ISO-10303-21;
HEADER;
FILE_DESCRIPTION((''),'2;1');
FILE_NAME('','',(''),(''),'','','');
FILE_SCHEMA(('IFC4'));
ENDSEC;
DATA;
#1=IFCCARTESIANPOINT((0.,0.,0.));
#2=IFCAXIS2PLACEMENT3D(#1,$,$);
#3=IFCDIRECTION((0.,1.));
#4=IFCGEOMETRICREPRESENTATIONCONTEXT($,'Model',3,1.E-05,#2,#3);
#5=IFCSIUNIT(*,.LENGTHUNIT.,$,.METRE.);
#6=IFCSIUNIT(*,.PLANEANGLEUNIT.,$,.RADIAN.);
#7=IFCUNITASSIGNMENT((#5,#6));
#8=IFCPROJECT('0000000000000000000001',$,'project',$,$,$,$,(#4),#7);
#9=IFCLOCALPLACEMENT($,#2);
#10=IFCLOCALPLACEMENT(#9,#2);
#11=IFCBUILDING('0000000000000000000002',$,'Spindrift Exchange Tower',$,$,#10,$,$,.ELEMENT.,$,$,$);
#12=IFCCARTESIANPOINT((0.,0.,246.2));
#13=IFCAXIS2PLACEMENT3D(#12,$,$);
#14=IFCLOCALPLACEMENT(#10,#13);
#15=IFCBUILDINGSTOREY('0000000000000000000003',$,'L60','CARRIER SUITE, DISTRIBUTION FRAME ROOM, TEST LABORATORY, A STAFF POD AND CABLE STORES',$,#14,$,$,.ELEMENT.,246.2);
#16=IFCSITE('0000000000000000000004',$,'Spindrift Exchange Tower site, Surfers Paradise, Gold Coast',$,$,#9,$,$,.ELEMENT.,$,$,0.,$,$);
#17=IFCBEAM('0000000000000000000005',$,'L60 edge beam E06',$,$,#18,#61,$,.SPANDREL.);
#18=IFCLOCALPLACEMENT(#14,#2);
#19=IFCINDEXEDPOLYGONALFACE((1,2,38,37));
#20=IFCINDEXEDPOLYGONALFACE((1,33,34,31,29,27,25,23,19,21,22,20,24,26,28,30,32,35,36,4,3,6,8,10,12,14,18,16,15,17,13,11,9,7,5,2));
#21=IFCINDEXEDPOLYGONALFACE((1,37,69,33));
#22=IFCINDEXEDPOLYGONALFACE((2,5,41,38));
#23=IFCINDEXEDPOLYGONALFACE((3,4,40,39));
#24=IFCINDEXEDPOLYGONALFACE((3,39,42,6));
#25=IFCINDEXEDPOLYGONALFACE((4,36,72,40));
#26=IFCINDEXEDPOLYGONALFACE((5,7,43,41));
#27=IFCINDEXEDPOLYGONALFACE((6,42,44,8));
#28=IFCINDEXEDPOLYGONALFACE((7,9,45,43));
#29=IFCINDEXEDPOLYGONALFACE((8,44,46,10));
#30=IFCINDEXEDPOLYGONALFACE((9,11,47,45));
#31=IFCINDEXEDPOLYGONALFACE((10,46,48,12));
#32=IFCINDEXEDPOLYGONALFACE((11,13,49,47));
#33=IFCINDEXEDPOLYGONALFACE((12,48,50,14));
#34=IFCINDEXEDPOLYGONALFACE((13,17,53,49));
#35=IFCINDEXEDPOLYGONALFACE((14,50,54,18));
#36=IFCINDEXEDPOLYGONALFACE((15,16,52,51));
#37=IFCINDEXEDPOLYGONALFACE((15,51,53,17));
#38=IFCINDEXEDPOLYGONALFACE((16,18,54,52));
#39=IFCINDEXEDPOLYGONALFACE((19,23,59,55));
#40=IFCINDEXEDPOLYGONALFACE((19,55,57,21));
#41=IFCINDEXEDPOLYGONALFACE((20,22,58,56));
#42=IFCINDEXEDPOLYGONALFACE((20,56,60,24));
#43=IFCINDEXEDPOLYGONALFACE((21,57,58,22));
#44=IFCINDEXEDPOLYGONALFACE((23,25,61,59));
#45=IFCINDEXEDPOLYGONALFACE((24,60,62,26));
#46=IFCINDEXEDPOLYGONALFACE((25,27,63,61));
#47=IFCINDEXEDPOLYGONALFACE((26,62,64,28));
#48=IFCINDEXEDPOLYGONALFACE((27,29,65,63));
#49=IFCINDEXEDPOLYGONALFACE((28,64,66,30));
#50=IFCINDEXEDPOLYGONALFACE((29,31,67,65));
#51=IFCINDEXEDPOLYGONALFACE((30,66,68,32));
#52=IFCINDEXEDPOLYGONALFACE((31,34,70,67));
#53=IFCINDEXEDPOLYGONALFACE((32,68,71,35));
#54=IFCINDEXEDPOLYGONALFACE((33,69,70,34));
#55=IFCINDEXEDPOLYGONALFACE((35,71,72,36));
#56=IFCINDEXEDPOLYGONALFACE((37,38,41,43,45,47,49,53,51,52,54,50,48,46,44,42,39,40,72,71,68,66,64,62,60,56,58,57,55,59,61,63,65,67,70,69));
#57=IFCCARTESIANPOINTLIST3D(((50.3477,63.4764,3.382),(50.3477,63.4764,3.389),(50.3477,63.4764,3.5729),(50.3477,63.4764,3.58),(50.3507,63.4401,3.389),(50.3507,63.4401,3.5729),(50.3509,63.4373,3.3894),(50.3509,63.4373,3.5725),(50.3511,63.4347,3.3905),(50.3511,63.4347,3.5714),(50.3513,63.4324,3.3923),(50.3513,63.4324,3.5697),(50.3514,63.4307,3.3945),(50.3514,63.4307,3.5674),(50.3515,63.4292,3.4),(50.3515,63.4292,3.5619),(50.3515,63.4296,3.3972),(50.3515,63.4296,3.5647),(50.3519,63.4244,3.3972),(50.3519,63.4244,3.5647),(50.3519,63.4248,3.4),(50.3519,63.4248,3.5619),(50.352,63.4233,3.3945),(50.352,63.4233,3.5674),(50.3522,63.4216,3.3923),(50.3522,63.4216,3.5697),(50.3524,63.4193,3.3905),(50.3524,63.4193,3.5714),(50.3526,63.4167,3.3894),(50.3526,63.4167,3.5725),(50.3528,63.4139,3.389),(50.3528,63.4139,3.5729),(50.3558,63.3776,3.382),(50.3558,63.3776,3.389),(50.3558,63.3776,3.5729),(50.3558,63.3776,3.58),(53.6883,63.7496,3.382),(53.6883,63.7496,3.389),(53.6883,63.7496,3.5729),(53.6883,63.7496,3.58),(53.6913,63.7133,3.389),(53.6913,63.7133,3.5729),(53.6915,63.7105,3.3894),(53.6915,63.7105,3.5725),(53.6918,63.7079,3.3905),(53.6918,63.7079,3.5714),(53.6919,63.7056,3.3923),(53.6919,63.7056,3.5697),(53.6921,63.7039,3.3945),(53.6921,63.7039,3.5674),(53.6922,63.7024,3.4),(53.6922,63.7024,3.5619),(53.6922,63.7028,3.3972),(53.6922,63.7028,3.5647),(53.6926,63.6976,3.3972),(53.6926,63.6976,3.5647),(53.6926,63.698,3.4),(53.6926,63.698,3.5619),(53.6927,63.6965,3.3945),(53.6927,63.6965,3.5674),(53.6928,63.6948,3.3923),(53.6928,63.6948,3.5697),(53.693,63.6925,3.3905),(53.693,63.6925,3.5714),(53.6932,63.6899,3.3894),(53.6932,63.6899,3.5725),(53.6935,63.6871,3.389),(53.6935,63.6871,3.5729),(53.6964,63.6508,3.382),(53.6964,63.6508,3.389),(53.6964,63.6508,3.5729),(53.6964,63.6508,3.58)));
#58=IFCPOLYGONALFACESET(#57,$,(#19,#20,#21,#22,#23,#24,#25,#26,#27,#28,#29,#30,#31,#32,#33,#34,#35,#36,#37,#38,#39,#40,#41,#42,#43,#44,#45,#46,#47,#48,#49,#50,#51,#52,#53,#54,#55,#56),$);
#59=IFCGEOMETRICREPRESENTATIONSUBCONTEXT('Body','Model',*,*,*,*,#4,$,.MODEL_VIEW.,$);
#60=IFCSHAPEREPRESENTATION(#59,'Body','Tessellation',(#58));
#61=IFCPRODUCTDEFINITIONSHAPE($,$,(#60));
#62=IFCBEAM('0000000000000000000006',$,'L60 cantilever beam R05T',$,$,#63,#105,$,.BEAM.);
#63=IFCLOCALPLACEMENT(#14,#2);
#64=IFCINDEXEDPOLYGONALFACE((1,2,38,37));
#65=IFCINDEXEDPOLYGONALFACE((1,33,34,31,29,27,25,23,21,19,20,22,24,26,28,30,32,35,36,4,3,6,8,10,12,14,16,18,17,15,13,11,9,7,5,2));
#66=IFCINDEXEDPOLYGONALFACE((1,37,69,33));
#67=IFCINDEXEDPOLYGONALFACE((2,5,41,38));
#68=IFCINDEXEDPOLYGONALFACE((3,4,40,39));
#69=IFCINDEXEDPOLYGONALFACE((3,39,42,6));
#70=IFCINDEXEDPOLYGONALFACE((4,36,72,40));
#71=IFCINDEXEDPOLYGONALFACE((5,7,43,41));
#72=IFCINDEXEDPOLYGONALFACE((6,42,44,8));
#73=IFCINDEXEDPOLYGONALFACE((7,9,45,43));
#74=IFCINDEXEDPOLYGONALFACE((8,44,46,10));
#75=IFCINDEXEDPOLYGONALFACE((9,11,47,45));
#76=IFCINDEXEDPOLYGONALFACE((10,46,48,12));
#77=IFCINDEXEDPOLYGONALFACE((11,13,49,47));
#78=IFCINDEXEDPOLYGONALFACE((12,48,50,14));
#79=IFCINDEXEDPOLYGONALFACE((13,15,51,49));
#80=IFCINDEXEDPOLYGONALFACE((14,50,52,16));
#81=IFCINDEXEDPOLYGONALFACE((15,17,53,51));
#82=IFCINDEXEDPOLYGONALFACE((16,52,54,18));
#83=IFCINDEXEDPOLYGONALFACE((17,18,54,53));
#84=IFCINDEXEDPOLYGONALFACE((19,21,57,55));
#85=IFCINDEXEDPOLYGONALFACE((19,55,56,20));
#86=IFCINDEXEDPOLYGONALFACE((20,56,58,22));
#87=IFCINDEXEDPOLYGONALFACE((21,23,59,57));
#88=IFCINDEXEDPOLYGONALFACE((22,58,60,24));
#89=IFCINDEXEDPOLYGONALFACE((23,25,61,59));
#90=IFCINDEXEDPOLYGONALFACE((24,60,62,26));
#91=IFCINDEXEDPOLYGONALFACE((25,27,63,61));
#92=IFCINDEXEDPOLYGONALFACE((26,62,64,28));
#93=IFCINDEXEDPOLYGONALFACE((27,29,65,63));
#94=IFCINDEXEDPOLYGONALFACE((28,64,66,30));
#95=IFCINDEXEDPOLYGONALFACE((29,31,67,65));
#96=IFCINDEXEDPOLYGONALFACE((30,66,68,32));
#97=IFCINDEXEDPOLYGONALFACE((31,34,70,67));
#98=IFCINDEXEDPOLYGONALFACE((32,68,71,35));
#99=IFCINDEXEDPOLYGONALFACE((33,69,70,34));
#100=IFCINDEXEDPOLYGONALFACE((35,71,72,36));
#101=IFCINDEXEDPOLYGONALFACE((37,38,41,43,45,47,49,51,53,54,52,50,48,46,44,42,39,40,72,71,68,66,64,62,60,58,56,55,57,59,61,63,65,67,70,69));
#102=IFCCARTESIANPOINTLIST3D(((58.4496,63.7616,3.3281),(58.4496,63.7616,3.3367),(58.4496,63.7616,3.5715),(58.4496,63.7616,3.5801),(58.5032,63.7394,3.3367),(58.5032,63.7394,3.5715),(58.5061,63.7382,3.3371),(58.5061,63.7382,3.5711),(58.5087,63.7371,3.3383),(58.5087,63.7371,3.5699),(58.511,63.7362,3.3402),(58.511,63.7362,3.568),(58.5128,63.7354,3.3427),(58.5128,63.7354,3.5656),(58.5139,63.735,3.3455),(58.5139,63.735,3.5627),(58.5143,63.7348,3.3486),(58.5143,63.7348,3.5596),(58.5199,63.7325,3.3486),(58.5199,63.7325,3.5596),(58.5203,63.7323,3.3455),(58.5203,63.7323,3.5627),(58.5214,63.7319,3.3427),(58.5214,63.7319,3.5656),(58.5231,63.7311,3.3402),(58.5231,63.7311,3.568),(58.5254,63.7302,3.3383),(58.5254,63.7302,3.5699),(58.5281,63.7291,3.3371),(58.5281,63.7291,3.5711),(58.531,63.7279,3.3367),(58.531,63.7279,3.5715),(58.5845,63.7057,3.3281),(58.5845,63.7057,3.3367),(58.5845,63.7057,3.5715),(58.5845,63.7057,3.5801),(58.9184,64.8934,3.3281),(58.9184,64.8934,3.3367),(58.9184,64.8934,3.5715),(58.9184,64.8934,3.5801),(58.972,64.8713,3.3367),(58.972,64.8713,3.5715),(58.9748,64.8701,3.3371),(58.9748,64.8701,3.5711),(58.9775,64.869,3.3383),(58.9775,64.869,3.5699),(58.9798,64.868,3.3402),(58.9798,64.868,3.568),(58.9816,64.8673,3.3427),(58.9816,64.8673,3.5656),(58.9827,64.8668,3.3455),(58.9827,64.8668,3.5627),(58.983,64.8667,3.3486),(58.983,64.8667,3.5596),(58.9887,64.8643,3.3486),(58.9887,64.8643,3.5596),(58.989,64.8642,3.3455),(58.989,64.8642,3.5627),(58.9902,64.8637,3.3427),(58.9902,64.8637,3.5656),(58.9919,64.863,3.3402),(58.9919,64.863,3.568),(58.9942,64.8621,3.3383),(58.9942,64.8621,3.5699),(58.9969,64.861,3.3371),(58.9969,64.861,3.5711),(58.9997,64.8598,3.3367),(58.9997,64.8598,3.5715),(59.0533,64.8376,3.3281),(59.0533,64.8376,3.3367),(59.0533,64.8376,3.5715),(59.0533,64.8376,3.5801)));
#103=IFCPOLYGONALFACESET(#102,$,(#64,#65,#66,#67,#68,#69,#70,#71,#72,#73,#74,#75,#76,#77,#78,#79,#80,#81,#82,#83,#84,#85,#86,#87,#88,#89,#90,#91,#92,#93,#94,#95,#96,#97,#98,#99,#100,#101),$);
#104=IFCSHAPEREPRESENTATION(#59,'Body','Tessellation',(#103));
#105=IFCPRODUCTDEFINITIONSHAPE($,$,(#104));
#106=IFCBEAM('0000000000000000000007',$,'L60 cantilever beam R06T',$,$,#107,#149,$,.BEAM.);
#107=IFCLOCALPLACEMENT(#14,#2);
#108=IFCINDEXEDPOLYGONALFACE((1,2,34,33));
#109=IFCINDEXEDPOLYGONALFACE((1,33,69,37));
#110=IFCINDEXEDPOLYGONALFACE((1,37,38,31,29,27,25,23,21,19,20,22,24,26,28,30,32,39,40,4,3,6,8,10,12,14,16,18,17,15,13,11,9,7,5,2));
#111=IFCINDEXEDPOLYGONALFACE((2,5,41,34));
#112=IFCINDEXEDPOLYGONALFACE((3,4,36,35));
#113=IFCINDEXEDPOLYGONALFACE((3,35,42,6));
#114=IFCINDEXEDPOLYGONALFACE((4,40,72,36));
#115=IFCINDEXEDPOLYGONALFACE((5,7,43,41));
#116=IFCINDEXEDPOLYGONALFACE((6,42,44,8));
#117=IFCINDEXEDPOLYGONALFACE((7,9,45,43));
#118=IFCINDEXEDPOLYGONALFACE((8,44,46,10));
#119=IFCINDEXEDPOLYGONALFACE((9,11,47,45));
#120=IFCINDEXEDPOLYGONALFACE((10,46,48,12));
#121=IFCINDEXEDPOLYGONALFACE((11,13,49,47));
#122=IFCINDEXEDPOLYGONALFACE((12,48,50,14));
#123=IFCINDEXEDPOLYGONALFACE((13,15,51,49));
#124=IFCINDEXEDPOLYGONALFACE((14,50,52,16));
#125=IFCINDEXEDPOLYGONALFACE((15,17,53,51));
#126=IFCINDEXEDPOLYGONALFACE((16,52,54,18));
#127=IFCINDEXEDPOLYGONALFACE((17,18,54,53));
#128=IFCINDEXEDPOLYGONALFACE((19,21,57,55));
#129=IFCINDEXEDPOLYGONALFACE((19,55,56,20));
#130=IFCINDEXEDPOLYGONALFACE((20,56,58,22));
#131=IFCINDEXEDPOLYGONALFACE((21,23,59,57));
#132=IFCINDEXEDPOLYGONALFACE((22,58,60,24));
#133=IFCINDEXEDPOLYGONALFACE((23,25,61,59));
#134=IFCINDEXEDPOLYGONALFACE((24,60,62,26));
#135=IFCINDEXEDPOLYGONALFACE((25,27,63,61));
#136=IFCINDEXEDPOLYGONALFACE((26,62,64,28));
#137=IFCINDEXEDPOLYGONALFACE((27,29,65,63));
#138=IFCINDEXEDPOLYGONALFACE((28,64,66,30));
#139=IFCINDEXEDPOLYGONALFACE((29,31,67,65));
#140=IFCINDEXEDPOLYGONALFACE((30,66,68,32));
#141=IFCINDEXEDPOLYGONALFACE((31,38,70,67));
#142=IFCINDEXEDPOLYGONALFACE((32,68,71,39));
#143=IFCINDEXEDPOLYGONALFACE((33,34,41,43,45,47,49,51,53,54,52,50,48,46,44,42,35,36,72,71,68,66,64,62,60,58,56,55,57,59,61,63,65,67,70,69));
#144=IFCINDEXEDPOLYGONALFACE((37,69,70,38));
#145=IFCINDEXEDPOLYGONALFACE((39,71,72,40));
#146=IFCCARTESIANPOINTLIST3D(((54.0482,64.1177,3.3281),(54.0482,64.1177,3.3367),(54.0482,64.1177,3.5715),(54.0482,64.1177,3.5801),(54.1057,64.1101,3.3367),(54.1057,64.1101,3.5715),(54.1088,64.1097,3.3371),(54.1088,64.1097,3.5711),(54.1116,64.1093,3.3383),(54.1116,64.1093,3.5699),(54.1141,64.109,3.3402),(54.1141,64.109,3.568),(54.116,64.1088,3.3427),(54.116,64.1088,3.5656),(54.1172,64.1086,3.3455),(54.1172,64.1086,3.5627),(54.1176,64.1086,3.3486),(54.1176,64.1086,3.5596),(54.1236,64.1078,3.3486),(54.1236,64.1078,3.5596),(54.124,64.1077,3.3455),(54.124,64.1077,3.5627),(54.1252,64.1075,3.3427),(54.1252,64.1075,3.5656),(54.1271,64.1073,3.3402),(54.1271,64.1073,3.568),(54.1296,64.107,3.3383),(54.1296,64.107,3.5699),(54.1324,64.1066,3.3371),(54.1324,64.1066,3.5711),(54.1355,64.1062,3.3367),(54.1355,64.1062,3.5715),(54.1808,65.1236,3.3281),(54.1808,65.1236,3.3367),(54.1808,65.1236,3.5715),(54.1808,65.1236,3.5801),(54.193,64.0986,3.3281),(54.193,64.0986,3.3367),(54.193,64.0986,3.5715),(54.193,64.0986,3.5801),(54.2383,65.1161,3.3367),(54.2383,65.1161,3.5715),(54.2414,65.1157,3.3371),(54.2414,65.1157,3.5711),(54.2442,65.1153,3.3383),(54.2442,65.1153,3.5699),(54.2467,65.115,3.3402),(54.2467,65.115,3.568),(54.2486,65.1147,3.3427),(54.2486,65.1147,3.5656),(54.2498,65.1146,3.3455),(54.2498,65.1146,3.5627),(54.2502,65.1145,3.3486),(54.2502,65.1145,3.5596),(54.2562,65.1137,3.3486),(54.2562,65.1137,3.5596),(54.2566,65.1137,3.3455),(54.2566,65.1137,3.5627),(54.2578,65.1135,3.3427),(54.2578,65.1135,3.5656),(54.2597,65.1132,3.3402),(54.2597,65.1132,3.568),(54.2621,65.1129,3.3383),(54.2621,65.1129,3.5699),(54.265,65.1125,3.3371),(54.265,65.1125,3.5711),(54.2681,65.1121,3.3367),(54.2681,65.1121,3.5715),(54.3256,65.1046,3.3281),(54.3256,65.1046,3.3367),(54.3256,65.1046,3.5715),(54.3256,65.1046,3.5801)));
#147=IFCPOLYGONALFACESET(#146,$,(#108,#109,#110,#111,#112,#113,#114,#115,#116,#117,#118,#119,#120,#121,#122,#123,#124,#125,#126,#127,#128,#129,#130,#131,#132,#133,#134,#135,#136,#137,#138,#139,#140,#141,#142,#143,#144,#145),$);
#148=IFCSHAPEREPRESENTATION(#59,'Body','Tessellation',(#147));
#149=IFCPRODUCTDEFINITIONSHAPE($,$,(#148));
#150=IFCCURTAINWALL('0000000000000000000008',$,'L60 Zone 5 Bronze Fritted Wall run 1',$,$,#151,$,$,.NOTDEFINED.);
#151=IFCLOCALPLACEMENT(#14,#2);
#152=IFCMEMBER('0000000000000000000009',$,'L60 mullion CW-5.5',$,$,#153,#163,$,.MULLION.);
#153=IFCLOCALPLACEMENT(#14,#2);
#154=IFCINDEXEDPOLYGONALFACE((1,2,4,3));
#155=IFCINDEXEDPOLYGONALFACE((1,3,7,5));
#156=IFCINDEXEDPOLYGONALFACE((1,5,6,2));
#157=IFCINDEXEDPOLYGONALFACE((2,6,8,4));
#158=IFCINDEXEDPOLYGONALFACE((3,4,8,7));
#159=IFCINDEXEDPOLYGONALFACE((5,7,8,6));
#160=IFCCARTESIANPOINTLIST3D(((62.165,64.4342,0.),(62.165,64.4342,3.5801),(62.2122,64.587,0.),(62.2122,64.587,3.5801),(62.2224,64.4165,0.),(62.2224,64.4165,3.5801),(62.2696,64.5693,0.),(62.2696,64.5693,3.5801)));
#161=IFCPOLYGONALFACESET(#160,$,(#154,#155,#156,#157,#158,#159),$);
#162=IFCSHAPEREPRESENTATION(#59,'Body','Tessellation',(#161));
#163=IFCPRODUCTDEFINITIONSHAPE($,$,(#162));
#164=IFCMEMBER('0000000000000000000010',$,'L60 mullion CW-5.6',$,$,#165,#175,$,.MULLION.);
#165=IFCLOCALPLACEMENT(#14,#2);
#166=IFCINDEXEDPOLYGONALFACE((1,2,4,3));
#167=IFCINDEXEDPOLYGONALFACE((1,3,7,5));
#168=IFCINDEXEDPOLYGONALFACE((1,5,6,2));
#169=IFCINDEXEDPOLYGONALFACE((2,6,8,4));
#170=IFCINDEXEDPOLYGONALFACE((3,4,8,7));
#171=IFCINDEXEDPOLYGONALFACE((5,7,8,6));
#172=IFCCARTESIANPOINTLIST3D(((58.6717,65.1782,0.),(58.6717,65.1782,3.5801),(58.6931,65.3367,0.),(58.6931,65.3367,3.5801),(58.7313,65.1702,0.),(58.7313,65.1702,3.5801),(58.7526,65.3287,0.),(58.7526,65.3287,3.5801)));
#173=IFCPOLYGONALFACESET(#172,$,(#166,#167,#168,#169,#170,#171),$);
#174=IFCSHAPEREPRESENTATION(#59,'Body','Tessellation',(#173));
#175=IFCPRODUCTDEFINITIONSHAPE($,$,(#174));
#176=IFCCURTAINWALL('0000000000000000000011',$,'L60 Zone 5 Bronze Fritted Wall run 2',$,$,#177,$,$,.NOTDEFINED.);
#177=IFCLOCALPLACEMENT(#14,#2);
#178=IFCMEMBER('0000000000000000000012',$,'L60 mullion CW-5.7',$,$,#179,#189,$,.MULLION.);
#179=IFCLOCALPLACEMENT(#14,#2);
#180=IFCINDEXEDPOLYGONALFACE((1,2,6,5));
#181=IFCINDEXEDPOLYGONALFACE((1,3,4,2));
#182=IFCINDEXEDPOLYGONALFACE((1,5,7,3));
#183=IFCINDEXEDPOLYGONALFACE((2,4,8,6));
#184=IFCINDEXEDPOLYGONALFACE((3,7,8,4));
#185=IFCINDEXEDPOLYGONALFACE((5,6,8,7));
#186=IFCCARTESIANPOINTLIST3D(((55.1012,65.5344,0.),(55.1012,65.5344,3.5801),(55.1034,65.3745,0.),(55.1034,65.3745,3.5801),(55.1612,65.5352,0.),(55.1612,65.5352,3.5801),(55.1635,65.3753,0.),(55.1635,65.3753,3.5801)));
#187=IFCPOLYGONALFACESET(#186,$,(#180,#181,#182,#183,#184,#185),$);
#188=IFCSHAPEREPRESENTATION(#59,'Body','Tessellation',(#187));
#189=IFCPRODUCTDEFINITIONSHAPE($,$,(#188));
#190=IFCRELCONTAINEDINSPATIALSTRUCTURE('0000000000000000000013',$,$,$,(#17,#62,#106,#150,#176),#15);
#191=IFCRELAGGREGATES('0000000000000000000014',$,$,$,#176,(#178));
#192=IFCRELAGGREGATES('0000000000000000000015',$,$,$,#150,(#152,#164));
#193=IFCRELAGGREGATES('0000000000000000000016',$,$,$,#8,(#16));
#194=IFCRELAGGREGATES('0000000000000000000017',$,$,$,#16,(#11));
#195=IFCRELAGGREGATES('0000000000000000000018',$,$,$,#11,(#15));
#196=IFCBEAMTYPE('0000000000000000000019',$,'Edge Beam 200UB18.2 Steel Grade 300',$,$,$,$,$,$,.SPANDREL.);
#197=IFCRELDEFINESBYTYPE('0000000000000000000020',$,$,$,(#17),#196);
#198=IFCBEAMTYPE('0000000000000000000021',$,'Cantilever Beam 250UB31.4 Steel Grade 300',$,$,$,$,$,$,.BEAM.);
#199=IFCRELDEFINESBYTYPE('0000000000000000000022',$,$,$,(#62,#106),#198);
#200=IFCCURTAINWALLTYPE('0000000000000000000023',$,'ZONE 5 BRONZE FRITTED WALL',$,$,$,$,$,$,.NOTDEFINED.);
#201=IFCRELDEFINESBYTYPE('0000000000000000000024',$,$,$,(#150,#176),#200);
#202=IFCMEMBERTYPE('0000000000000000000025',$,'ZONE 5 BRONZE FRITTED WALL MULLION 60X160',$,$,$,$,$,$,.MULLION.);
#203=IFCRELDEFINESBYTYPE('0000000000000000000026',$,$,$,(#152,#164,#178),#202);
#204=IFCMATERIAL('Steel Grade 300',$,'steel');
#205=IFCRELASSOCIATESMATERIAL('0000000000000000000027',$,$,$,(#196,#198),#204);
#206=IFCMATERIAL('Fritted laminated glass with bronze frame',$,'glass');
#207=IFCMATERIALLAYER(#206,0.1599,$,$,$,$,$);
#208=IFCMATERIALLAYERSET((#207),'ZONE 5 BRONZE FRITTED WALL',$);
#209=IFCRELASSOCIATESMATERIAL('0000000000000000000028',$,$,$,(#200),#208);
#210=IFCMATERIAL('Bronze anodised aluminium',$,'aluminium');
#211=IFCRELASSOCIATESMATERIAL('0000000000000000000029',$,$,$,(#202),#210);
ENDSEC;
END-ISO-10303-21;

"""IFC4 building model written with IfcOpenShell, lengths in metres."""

from ifc_helpers import new_model, si_unit, direction, frame, origin, origin_2d, place, context, subcontext, project, spatial, rectangle, i_section, extrude, source, transform, mapped, material, layer, layer_set, material_profile, profile_set, type_object, element, aggregate, save


model = new_model("IFC4")

# Units and contexts
model_context = context("Model", 3, precision=1e-05, world=origin(), true_north=direction((0.0, 1.0)))
body_context = subcontext(model_context, "Body", "Model", "MODEL_VIEW")
ifc_project = project(units=[si_unit("LENGTHUNIT", "METRE"), si_unit("PLANEANGLEUNIT", "RADIAN")], contexts=[model_context])

# Site, building, storey
site_placement = place(None, origin())
site = spatial("IfcSite", under=ifc_project, at=site_placement, Name="Spindrift Exchange Tower site, Surfers Paradise, Gold Coast", CompositionType="ELEMENT", RefElevation=0.0)
building_placement = place(site_placement, origin())
building = spatial("IfcBuilding", under=site, at=building_placement, Name="Spindrift Exchange Tower", CompositionType="ELEMENT")
storey_placement = place(building_placement, frame((0.0, 0.0, 246.2)))
storey = spatial("IfcBuildingStorey", under=building, at=storey_placement, Name="L60", Description="CARRIER SUITE, DISTRIBUTION FRAME ROOM, TEST LABORATORY, A STAFF POD AND CABLE STORES", CompositionType="ELEMENT", Elevation=246.2)

# Beams
ifc_material_1 = material(Name="Steel Grade 300", Category="steel")
ifc_material_profile_1 = material_profile(ifc_material_1, i_section(OverallWidth=0.0991, OverallDepth=0.198, WebThickness=0.0044, FlangeThickness=0.0071, FilletRadius=0.011, at=origin_2d()), Name="200UB18.2")
ifc_profile_set_1 = profile_set([ifc_material_profile_1], Name="Steel Grade 300")
beam_type_1 = type_object("IfcBeamType", Name="Edge Beam 200UB18.2 Steel Grade 300", PredefinedType="SPANDREL", material=ifc_profile_set_1)
shared_shape_1 = source(origin(), body_context, "Body", "SweptSolid", [
    extrude(i_section(OverallWidth=0.0991, OverallDepth=0.198, WebThickness=0.0044, FlangeThickness=0.0071, FilletRadius=0.011, at=origin_2d()), origin(), (0.0, 0.0, 1.0), 3.3518),
])
beam_1_placement = place(storey_placement, frame((53.6924, 63.7002, 3.481), z_axis=(-0.996673, -0.081508, 0.0), x_axis=(0.081508, -0.996673, 0.0)))
element("IfcBeam", 1, at=beam_1_placement, inside=storey, type_object=beam_type_1, Name="L60 edge beam E06", PredefinedType="SPANDREL", context=body_context, shape_type="MappedRepresentation", body=[
    mapped(shared_shape_1, transform((0.0, 0.0, 0.0), scale=1.0)),
])
ifc_material_profile_2 = material_profile(ifc_material_1, i_section(OverallWidth=0.146, OverallDepth=0.252, WebThickness=0.0061, FlangeThickness=0.0085, FilletRadius=0.012, at=origin_2d()), Name="250UB31.4")
ifc_profile_set_2 = profile_set([ifc_material_profile_2], Name="Steel Grade 300")
beam_type_2 = type_object("IfcBeamType", Name="Cantilever Beam 250UB31.4 Steel Grade 300", PredefinedType="BEAM", material=ifc_profile_set_2)
shared_shape_2 = source(origin(), body_context, "Body", "SweptSolid", [
    extrude(i_section(OverallWidth=0.146, OverallDepth=0.252, WebThickness=0.0061, FlangeThickness=0.0085, FilletRadius=0.012, at=origin_2d()), origin(), (0.0, 0.0, 1.0), 1.2251),
])
beam_2_placement = place(storey_placement, frame((58.5171, 63.7336, 3.4541), z_axis=(0.382633, 0.9239, 0.0), x_axis=(-0.9239, 0.382633, 0.0)))
element("IfcBeam", 2, at=beam_2_placement, inside=storey, type_object=beam_type_2, Name="L60 cantilever beam R05T", PredefinedType="BEAM", context=body_context, shape_type="MappedRepresentation", body=[
    mapped(shared_shape_2, transform((0.0, 0.0, 0.0), scale=1.0)),
])
shared_shape_3 = source(origin(), body_context, "Body", "SweptSolid", [
    extrude(i_section(OverallWidth=0.146, OverallDepth=0.252, WebThickness=0.0061, FlangeThickness=0.0085, FilletRadius=0.012, at=origin_2d()), origin(), (0.0, 0.0, 1.0), 1.0146),
])
beam_3_placement = place(storey_placement, frame((54.1206, 64.1082, 3.4541), z_axis=(0.130666, 0.991426, 0.0), x_axis=(-0.991426, 0.130666, 0.0)))
element("IfcBeam", 3, at=beam_3_placement, inside=storey, type_object=beam_type_2, Name="L60 cantilever beam R06T", PredefinedType="BEAM", context=body_context, shape_type="MappedRepresentation", body=[
    mapped(shared_shape_3, transform((0.0, 0.0, 0.0), scale=1.0)),
])

# Curtain walls, members
ifc_material_2 = material(Name="Fritted laminated glass with bronze frame", Category="glass")
ifc_layer_1 = layer(ifc_material_2, 0.1599)
ifc_layer_set_1 = layer_set([ifc_layer_1], Name="ZONE 5 BRONZE FRITTED WALL")
curtain_wall_type = type_object("IfcCurtainWallType", Name="ZONE 5 BRONZE FRITTED WALL", PredefinedType="NOTDEFINED", material=ifc_layer_set_1)
curtain_wall_1_placement = place(storey_placement, origin())
curtain_wall_1 = element("IfcCurtainWall", 4, at=curtain_wall_1_placement, inside=storey, type_object=curtain_wall_type, Name="L60 Zone 5 Bronze Fritted Wall run 1", PredefinedType="NOTDEFINED")
ifc_material_3 = material(Name="Bronze anodised aluminium", Category="aluminium")
ifc_material_profile_3 = material_profile(ifc_material_3, rectangle(XDim=0.0601, YDim=0.1599, at=origin_2d()), Name="ZONE 5 BRONZE FRITTED WALL MULLION 60X160")
ifc_profile_set_3 = profile_set([ifc_material_profile_3], Name="Bronze anodised aluminium")
member_type_1 = type_object("IfcMemberType", Name="ZONE 5 BRONZE FRITTED WALL MULLION 60X160", PredefinedType="MULLION", material=ifc_profile_set_3)
shared_shape_4 = source(origin(), body_context, "Body", "SweptSolid", [
    extrude(rectangle(XDim=0.0601, YDim=0.1599, at=origin_2d()), origin(), (0.0, 0.0, 1.0), 3.5801),
])
member_1_placement = place(storey_placement, frame((62.2173, 64.5017, 0.0), z_axis=(0.0, 0.0, 1.0), x_axis=(-0.955563, 0.294787, 0.0)))
member_1 = element("IfcMember", 5, at=member_1_placement, type_object=member_type_1, Name="L60 mullion CW-5.5", PredefinedType="MULLION", context=body_context, shape_type="MappedRepresentation", body=[
    mapped(shared_shape_4, transform((0.0, 0.0, 0.0), scale=1.0)),
])
member_2_placement = place(storey_placement, frame((58.7122, 65.2534, 0.0), z_axis=(0.0, 0.0, 1.0), x_axis=(-0.99107, 0.133346, 0.0)))
member_2 = element("IfcMember", 6, at=member_2_placement, type_object=member_type_1, Name="L60 mullion CW-5.6", PredefinedType="MULLION", context=body_context, shape_type="MappedRepresentation", body=[
    mapped(shared_shape_4, transform((0.0, 0.0, 0.0), scale=1.0)),
])
curtain_wall_2_placement = place(storey_placement, origin())
curtain_wall_2 = element("IfcCurtainWall", 7, at=curtain_wall_2_placement, inside=storey, type_object=curtain_wall_type, Name="L60 Zone 5 Bronze Fritted Wall run 2", PredefinedType="NOTDEFINED")
member_3_placement = place(storey_placement, frame((55.1323, 65.4548, 0.0), z_axis=(0.0, 0.0, 1.0), x_axis=(-0.999903, -0.013959, 0.0)))
member_3 = element("IfcMember", 8, at=member_3_placement, type_object=member_type_1, Name="L60 mullion CW-5.7", PredefinedType="MULLION", context=body_context, shape_type="MappedRepresentation", body=[
    mapped(shared_shape_4, transform((0.0, 0.0, 0.0), scale=1.0)),
])

aggregate(curtain_wall_2, [member_3])
aggregate(curtain_wall_1, [member_1, member_2])

save(model, "model.ifc")
